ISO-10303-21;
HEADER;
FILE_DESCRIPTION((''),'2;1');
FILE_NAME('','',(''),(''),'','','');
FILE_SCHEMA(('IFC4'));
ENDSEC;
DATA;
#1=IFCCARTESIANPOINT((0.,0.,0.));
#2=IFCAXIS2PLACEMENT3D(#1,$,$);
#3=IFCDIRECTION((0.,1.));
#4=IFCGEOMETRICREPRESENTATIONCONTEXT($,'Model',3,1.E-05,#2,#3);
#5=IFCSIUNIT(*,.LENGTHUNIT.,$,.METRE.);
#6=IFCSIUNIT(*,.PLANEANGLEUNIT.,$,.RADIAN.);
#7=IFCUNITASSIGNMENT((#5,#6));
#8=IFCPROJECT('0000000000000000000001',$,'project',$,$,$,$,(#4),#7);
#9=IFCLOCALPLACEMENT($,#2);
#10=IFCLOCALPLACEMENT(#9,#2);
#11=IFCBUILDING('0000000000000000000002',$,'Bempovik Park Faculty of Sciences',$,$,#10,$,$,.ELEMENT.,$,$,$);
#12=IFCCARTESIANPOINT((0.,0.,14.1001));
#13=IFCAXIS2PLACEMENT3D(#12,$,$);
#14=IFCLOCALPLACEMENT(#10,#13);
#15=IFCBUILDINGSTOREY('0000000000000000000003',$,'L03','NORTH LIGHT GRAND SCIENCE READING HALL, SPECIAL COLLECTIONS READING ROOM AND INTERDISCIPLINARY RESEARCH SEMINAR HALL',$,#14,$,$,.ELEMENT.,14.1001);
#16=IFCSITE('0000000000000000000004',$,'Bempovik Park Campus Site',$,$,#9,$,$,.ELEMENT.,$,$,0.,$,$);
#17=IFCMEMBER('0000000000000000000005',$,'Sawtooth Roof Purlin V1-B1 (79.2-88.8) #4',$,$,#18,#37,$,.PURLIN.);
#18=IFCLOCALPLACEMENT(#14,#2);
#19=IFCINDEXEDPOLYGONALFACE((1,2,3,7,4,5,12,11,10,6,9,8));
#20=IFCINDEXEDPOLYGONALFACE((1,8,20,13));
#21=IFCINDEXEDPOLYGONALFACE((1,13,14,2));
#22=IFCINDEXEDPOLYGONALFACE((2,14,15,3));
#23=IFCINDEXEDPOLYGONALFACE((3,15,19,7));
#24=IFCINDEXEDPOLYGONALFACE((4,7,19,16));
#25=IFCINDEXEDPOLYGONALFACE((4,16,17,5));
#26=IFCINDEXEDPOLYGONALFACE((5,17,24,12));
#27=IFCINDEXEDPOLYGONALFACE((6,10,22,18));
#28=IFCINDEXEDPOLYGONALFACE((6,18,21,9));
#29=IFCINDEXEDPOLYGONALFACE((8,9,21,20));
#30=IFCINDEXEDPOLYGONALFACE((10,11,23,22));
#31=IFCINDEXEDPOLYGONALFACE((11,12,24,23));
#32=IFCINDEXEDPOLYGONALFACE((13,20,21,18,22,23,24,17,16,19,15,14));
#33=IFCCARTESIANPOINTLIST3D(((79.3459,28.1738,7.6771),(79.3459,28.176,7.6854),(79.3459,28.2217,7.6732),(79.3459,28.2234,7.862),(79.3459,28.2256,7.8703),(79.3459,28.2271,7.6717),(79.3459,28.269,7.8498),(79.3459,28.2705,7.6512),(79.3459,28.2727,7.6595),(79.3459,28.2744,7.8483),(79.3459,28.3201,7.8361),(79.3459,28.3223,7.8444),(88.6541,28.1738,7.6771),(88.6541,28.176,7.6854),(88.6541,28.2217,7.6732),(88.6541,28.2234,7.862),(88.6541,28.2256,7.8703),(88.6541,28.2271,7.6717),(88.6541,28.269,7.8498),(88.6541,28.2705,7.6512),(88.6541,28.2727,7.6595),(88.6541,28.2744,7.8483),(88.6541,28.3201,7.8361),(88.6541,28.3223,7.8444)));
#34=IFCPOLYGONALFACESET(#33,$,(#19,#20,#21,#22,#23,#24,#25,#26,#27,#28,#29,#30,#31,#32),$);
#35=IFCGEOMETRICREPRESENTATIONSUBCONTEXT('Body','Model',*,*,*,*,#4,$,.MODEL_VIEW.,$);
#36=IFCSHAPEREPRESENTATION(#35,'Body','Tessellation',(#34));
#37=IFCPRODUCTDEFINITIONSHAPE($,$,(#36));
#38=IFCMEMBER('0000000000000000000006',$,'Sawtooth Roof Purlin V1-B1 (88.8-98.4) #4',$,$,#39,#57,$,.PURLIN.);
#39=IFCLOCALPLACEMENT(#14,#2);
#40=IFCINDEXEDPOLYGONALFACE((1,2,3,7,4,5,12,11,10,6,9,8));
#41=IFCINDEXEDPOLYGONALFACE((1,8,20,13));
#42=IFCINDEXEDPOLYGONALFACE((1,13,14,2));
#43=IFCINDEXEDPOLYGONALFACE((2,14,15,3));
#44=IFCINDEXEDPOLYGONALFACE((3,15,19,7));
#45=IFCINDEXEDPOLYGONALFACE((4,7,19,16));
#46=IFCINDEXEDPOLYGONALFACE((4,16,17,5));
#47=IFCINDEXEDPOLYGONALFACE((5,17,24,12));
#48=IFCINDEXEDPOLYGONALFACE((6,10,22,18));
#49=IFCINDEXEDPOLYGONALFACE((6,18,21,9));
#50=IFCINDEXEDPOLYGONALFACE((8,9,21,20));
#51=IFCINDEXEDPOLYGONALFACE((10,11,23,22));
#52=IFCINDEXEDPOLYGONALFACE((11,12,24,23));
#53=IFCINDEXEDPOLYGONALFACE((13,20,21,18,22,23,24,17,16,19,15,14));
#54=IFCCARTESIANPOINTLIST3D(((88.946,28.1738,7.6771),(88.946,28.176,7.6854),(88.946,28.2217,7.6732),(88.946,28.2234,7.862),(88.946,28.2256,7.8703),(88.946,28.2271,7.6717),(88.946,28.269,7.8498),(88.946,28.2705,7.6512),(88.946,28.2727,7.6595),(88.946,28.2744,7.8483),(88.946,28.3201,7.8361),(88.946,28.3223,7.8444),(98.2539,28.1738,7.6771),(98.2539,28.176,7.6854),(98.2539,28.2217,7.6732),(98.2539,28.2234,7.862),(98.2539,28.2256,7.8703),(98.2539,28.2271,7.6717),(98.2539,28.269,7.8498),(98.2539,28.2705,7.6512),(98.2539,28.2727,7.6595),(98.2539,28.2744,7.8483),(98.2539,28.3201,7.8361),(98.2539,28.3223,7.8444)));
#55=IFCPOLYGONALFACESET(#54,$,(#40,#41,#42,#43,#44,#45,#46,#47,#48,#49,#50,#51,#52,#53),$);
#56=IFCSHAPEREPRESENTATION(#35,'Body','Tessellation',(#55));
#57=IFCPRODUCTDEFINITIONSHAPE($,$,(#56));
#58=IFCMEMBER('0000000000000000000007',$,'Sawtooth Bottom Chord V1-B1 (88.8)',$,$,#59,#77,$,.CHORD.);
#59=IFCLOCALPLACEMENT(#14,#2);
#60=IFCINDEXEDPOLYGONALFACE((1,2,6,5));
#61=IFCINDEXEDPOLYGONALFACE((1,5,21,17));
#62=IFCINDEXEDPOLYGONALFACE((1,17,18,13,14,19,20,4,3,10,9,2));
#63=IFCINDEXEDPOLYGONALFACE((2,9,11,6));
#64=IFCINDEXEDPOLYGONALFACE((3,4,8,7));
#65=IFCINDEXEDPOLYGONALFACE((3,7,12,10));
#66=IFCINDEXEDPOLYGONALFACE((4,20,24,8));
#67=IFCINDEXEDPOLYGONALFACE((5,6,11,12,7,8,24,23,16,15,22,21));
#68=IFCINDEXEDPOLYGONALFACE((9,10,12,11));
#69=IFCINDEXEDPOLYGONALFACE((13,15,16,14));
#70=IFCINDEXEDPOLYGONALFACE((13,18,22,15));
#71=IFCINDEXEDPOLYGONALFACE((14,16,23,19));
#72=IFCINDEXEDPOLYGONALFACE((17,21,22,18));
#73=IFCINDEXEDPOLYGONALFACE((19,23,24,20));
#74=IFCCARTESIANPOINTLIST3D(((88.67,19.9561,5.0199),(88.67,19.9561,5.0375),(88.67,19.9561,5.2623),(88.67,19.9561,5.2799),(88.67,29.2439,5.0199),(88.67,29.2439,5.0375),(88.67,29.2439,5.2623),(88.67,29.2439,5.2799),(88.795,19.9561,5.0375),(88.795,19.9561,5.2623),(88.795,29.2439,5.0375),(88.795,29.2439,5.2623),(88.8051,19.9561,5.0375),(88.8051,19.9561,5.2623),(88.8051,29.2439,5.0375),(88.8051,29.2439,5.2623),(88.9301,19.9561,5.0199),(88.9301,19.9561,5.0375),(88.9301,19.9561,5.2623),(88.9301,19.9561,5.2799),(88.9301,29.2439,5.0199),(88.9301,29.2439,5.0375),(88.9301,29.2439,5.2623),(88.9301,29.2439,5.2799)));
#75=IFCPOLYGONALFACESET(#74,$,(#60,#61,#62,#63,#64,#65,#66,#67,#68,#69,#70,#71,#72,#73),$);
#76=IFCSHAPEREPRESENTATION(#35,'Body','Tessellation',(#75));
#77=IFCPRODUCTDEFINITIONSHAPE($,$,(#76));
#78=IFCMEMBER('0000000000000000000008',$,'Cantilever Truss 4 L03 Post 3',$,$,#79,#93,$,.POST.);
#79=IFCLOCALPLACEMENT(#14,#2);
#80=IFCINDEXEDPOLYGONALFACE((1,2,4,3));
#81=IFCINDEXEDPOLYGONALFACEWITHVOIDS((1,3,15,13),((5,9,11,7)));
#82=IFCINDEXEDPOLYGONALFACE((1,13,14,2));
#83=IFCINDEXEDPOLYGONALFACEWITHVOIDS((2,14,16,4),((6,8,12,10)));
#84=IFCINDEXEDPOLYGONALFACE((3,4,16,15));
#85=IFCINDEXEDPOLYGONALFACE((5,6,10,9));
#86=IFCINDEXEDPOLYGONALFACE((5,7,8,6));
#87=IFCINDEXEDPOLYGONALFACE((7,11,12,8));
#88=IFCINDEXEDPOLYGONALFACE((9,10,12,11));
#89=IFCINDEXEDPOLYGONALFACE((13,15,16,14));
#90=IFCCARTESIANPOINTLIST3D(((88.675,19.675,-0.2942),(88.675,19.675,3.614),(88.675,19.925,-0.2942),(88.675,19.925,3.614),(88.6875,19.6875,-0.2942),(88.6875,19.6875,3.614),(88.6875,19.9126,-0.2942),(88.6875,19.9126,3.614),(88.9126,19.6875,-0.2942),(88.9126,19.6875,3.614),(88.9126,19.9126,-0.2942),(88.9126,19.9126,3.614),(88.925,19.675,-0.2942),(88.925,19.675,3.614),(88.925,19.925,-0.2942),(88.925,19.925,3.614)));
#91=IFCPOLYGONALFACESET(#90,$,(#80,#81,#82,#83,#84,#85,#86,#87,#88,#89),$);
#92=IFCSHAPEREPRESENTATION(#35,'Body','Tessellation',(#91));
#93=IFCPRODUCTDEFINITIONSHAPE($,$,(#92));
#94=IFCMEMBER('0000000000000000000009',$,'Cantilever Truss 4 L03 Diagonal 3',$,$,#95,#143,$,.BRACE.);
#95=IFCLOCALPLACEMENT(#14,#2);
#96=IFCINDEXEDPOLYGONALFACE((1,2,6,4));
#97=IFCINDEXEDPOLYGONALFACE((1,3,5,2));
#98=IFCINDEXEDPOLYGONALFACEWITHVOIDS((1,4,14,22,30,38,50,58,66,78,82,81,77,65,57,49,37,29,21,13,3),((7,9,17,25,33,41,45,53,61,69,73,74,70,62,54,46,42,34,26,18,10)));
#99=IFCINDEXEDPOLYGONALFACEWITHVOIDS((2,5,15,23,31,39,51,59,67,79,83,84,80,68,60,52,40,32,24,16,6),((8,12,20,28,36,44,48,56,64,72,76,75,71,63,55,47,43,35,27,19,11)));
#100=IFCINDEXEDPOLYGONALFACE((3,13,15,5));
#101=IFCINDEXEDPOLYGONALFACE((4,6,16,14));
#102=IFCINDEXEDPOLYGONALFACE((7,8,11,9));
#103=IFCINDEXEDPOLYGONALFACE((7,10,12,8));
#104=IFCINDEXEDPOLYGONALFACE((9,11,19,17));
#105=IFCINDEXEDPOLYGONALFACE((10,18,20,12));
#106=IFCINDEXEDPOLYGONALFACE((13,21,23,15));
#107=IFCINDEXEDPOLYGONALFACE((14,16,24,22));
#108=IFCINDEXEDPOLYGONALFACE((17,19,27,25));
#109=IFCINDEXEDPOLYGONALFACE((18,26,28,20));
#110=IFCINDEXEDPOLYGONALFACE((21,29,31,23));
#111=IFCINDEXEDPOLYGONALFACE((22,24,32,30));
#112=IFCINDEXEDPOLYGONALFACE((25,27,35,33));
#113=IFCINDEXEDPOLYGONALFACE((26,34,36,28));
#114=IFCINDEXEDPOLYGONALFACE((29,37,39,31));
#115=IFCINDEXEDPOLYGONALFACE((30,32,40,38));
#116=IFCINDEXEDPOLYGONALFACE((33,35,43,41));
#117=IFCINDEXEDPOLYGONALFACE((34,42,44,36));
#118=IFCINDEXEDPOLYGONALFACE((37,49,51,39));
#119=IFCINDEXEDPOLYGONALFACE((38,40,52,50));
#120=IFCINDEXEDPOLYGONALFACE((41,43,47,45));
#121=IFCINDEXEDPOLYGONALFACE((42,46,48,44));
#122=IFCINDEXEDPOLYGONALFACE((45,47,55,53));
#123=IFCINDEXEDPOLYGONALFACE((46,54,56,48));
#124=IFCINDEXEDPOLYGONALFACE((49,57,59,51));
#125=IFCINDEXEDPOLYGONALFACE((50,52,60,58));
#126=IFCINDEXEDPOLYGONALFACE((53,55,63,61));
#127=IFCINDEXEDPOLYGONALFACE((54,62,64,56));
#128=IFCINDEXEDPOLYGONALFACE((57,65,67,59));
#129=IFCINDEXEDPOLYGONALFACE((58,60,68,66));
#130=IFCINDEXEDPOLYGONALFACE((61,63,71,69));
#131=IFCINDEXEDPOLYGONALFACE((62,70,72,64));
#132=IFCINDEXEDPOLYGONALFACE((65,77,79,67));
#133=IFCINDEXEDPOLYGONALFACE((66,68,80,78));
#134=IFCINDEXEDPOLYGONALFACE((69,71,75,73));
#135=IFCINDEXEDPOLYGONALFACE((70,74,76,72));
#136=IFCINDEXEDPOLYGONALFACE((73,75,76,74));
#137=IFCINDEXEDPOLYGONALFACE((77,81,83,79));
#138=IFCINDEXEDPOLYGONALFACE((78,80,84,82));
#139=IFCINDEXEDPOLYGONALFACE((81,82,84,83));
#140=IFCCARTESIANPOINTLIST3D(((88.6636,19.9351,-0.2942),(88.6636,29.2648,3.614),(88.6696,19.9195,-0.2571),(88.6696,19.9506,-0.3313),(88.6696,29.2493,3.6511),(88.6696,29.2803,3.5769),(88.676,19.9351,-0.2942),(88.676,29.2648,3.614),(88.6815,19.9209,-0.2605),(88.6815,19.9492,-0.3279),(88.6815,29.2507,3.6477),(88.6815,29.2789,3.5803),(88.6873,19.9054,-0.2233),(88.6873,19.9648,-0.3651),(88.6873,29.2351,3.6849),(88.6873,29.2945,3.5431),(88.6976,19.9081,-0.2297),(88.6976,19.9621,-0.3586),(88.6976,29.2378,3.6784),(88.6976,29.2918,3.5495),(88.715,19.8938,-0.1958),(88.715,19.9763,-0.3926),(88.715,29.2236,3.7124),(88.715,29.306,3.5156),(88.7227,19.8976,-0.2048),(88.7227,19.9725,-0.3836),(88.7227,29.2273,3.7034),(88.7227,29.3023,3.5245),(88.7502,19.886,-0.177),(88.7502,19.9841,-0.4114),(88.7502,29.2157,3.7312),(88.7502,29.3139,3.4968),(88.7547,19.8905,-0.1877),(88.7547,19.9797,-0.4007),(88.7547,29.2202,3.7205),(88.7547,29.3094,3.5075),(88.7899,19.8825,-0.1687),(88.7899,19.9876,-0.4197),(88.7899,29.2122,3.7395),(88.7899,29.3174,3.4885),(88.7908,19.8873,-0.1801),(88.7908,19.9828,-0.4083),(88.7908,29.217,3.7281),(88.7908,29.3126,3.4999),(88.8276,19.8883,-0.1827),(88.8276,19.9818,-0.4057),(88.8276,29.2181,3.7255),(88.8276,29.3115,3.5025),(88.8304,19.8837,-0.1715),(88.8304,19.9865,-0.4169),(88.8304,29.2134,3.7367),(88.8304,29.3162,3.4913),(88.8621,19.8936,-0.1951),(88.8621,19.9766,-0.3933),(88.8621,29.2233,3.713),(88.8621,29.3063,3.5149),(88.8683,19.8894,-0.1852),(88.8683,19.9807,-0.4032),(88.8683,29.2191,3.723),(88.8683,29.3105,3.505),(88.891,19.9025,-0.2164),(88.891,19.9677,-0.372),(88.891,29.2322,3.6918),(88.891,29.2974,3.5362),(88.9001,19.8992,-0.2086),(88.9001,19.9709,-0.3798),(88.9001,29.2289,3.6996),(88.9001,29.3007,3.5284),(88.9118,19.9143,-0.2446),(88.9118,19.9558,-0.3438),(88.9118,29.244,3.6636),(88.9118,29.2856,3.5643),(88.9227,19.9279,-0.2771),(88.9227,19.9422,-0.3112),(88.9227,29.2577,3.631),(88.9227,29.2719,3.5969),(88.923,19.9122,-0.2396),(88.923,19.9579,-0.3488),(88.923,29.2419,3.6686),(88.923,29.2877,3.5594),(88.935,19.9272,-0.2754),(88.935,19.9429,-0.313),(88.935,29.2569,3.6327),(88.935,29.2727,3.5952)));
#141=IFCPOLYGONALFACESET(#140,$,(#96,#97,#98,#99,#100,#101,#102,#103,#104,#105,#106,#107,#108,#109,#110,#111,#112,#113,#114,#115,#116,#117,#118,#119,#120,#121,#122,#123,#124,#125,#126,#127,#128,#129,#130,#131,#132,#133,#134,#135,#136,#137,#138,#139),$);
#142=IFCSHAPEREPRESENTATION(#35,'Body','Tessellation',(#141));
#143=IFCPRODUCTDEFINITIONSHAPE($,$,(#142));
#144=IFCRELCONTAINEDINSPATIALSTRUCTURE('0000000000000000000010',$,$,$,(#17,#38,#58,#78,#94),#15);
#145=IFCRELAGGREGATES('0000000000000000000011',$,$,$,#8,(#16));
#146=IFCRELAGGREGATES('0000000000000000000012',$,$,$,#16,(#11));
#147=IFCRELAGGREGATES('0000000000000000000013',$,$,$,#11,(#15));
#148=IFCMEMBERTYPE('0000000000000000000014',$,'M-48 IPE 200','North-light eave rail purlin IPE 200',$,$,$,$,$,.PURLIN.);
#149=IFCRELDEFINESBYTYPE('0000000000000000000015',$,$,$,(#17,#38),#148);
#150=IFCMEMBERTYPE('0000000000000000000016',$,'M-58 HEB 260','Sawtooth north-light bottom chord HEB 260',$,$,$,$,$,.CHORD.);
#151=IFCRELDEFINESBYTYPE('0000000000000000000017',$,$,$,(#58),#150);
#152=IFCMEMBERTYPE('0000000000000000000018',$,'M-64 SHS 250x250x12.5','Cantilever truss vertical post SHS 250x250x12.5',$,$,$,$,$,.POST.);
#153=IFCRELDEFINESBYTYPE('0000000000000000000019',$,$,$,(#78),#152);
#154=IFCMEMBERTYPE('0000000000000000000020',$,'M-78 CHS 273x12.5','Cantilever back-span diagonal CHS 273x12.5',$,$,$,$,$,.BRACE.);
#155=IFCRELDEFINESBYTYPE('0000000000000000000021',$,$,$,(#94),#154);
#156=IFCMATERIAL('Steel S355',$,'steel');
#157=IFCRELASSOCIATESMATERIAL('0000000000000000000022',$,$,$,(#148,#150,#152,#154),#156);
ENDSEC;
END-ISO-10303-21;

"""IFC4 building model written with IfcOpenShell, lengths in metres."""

from ifc_helpers import new_model, si_unit, direction, frame, origin, origin_2d, place, context, subcontext, project, spatial, hollow_rectangle, hollow_circle, i_section, extrude, material, material_profile, profile_set, type_object, element, save


model = new_model("IFC4")

# Units and contexts
model_context = context("Model", 3, precision=1e-05, world=origin(), true_north=direction((0.0, 1.0)))
body_context = subcontext(model_context, "Body", "Model", "MODEL_VIEW")
ifc_project = project(units=[si_unit("LENGTHUNIT", "METRE"), si_unit("PLANEANGLEUNIT", "RADIAN")], contexts=[model_context])

# Site, building, storey
site_placement = place(None, origin())
site = spatial("IfcSite", under=ifc_project, at=site_placement, Name="Bempovik Park Campus Site", CompositionType="ELEMENT", RefElevation=0.0)
building_placement = place(site_placement, origin())
building = spatial("IfcBuilding", under=site, at=building_placement, Name="Bempovik Park Faculty of Sciences", CompositionType="ELEMENT")
storey_placement = place(building_placement, frame((0.0, 0.0, 14.1001)))
storey = spatial("IfcBuildingStorey", under=building, at=storey_placement, Name="L03", Description="NORTH LIGHT GRAND SCIENCE READING HALL, SPECIAL COLLECTIONS READING ROOM AND INTERDISCIPLINARY RESEARCH SEMINAR HALL", CompositionType="ELEMENT", Elevation=14.1001)

# Shared definitions
ifc_material_1 = material(Name="Steel S355", Category="steel")

# Members
ifc_material_profile_1 = material_profile(ifc_material_1, i_section(OverallWidth=0.1001, OverallDepth=0.2, WebThickness=0.0056, FlangeThickness=0.0085, at=origin_2d()), Name="IPE 200")
ifc_profile_set_1 = profile_set([ifc_material_profile_1], Name="Steel S355")
member_type_1 = type_object("IfcMemberType", Name="M-48 IPE 200", Description="North-light eave rail purlin IPE 200", PredefinedType="PURLIN", material=ifc_profile_set_1)
member_1_placement = place(storey_placement, frame((79.3459, 28.248, 7.7607), z_axis=(1.0, 0.0, 0.0), x_axis=(0.0, 0.965926, -0.258819)))
element("IfcMember", 1, at=member_1_placement, inside=storey, type_object=member_type_1, Name="Sawtooth Roof Purlin V1-B1 (79.2-88.8) #4", PredefinedType="PURLIN", context=body_context, shape_type="SweptSolid", body=[
    extrude(i_section(OverallWidth=0.1001, OverallDepth=0.2, WebThickness=0.0056, FlangeThickness=0.0085, at=origin_2d()), origin(), (0.0, 0.0, 1.0), 9.3081),
])
member_2_placement = place(storey_placement, frame((88.946, 28.248, 7.7607), z_axis=(1.0, 0.0, 0.0), x_axis=(0.0, 0.965926, -0.258819)))
element("IfcMember", 2, at=member_2_placement, inside=storey, type_object=member_type_1, Name="Sawtooth Roof Purlin V1-B1 (88.8-98.4) #4", PredefinedType="PURLIN", context=body_context, shape_type="SweptSolid", body=[
    extrude(i_section(OverallWidth=0.1001, OverallDepth=0.2, WebThickness=0.0056, FlangeThickness=0.0085, at=origin_2d()), origin(), (0.0, 0.0, 1.0), 9.3079),
])
ifc_material_profile_2 = material_profile(ifc_material_1, i_section(OverallWidth=0.26, OverallDepth=0.26, WebThickness=0.01, FlangeThickness=0.0176, at=origin_2d()), Name="HEB 260")
ifc_profile_set_2 = profile_set([ifc_material_profile_2], Name="Steel S355")
member_type_2 = type_object("IfcMemberType", Name="M-58 HEB 260", Description="Sawtooth north-light bottom chord HEB 260", PredefinedType="CHORD", material=ifc_profile_set_2)
member_3_placement = place(storey_placement, frame((88.8, 19.9561, 5.1499), z_axis=(0.0, 1.0, 0.0), x_axis=(-1.0, 0.0, 0.0)))
element("IfcMember", 3, at=member_3_placement, inside=storey, type_object=member_type_2, Name="Sawtooth Bottom Chord V1-B1 (88.8)", PredefinedType="CHORD", context=body_context, shape_type="SweptSolid", body=[
    extrude(i_section(OverallWidth=0.26, OverallDepth=0.26, WebThickness=0.01, FlangeThickness=0.0176, at=origin_2d()), origin(), (0.0, 0.0, 1.0), 9.2878),
])
ifc_material_profile_3 = material_profile(ifc_material_1, hollow_rectangle(XDim=0.25, YDim=0.25, WallThickness=0.0125, at=origin_2d()), Name="SHS 250x250x12.5")
ifc_profile_set_3 = profile_set([ifc_material_profile_3], Name="Steel S355")
member_type_3 = type_object("IfcMemberType", Name="M-64 SHS 250x250x12.5", Description="Cantilever truss vertical post SHS 250x250x12.5", PredefinedType="POST", material=ifc_profile_set_3)
member_4_placement = place(storey_placement, frame((88.8, 19.8, -0.2942), z_axis=(0.0, 0.0, 1.0), x_axis=(1.0, 0.0, 0.0)))
element("IfcMember", 4, at=member_4_placement, inside=storey, type_object=member_type_3, Name="Cantilever Truss 4 L03 Post 3", PredefinedType="POST", context=body_context, shape_type="SweptSolid", body=[
    extrude(hollow_rectangle(XDim=0.25, YDim=0.25, WallThickness=0.0125, at=origin_2d()), origin(), (0.0, 0.0, 1.0), 3.9082),
])
ifc_material_profile_4 = material_profile(ifc_material_1, hollow_circle(Radius=0.1365, WallThickness=0.0125, at=origin_2d()), Name="CHS 273x12.5")
ifc_profile_set_4 = profile_set([ifc_material_profile_4], Name="Steel S355")
member_type_4 = type_object("IfcMemberType", Name="M-78 CHS 273x12.5", Description="Cantilever back-span diagonal CHS 273x12.5", PredefinedType="BRACE", material=ifc_profile_set_4)
member_5_placement = place(storey_placement, frame((88.8, 19.9351, -0.2942), z_axis=(0.0, 0.922346, 0.386364), x_axis=(-1.0, 0.0, 0.0)))
element("IfcMember", 5, at=member_5_placement, inside=storey, type_object=member_type_4, Name="Cantilever Truss 4 L03 Diagonal 3", PredefinedType="BRACE", context=body_context, shape_type="SweptSolid", body=[
    extrude(hollow_circle(Radius=0.1365, WallThickness=0.0125, at=origin_2d()), origin(), (0.0, 0.0, 1.0), 10.1152),
])

save(model, "model.ifc")
